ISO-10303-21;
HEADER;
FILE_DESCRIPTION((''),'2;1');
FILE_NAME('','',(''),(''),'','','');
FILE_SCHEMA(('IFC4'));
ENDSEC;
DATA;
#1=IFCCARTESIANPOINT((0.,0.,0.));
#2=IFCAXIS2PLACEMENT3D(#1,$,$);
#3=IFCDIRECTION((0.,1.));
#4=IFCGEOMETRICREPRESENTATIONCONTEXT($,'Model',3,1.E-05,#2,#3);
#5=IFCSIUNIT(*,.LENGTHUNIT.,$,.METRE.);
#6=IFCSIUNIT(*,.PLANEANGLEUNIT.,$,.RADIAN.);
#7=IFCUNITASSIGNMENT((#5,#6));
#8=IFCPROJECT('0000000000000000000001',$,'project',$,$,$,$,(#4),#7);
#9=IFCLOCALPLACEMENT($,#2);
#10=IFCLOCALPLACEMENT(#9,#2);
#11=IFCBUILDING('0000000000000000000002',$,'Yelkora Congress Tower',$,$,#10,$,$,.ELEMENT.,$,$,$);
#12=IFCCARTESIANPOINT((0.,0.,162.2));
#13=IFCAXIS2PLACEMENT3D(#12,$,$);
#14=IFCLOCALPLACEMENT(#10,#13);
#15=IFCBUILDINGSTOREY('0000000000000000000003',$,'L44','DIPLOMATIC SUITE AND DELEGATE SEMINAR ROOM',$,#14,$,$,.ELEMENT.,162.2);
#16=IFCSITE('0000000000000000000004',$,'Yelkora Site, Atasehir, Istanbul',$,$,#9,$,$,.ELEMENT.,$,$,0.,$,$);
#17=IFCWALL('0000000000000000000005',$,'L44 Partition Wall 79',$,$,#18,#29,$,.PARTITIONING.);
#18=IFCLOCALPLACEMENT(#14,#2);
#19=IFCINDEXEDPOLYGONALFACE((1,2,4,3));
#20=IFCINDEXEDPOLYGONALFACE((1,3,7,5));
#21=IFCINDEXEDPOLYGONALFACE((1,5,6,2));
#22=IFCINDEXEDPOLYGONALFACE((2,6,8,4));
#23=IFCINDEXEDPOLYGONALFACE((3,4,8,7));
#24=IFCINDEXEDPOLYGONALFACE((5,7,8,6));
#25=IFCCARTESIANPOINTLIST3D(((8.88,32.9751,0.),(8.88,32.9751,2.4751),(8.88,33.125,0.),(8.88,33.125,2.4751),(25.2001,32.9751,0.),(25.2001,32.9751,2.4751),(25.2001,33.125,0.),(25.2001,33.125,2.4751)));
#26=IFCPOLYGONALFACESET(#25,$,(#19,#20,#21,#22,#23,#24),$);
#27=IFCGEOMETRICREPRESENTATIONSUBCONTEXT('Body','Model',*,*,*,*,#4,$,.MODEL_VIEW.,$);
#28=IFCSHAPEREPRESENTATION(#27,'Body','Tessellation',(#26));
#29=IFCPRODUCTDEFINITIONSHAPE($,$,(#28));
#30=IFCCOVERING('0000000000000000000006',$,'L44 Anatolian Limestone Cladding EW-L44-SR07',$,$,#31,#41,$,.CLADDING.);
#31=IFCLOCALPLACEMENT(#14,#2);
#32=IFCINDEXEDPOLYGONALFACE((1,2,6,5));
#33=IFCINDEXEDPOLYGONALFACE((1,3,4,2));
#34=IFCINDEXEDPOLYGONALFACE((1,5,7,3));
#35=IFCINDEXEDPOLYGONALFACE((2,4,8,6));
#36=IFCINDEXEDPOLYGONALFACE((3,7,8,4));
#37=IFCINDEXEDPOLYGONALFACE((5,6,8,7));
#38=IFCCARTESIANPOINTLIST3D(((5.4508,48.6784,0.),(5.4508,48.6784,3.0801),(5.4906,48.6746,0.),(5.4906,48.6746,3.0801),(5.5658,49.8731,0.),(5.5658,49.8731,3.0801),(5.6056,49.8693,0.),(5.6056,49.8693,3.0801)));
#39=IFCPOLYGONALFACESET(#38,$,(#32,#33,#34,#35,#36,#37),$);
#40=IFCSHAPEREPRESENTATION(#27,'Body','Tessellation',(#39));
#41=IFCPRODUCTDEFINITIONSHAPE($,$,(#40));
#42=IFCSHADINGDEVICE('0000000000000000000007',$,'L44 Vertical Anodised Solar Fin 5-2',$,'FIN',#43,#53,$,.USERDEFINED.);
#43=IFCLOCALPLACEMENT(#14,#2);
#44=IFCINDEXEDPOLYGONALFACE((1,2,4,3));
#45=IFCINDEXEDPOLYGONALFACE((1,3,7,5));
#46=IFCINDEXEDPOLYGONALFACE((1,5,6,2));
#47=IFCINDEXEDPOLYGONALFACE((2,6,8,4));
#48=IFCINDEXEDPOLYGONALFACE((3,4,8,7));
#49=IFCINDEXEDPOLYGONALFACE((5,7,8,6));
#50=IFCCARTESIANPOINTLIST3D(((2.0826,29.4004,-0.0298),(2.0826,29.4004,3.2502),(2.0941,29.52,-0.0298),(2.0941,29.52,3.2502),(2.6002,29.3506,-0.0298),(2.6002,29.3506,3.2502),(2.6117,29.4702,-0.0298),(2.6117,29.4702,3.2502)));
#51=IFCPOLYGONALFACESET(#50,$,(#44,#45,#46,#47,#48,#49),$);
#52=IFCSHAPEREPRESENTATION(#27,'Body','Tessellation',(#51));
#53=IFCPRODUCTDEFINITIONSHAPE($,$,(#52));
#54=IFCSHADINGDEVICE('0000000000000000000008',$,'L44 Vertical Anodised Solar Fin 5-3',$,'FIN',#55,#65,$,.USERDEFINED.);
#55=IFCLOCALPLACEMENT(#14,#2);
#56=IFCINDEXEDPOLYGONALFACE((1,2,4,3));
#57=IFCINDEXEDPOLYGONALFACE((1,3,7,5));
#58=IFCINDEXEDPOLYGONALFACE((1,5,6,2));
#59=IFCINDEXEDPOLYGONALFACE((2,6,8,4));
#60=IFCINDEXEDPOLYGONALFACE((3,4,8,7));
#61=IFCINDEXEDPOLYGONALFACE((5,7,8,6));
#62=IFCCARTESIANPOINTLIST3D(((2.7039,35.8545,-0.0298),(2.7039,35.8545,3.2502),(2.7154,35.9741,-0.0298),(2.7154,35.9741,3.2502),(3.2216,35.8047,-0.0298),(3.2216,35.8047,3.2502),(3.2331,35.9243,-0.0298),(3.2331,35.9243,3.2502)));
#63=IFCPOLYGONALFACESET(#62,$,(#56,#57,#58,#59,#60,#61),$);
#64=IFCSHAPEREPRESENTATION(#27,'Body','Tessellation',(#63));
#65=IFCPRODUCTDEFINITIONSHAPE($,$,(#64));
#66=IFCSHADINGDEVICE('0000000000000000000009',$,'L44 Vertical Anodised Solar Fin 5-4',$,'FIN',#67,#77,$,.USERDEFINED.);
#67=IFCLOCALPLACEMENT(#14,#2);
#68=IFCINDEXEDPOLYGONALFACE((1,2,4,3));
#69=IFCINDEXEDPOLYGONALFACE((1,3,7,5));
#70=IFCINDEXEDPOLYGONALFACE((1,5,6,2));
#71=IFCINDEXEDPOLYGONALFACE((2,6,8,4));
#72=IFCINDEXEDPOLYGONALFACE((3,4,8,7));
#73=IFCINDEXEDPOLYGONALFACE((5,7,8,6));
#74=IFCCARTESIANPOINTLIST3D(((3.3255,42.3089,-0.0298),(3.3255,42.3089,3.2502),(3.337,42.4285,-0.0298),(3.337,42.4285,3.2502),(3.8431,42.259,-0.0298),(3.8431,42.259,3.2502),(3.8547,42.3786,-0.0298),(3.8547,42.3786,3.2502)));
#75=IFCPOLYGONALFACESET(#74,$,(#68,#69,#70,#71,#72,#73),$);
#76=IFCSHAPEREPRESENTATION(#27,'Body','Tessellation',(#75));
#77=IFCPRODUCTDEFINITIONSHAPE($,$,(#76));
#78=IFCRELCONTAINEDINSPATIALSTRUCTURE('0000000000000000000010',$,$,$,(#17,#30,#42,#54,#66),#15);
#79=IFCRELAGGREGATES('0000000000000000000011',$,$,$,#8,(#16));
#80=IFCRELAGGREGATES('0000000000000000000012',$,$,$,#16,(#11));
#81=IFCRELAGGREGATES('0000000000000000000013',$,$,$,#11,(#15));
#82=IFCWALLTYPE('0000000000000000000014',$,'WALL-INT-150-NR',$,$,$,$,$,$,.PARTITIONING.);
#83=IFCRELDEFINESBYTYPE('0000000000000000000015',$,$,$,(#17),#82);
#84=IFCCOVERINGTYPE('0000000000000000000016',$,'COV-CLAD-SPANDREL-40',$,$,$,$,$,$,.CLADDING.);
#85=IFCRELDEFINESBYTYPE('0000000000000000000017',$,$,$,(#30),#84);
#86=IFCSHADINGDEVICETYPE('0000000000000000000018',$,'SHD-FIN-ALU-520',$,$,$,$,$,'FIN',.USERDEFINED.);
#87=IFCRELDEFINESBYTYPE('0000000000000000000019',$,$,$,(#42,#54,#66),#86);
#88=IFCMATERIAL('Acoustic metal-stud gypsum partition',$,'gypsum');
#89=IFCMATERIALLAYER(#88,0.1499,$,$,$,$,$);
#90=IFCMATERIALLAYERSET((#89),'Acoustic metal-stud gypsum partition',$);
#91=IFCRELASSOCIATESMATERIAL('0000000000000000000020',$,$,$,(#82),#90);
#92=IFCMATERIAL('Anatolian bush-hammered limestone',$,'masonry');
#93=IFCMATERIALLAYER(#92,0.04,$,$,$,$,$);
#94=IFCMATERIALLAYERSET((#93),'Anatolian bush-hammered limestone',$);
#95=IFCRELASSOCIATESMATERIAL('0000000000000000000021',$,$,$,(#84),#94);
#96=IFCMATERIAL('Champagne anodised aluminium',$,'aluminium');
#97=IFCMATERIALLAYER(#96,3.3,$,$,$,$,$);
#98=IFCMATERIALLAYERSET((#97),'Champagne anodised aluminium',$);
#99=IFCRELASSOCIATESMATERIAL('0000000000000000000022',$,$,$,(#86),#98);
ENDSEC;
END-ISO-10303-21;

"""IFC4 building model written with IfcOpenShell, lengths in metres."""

from ifc_helpers import new_model, si_unit, direction, frame, frame_2d, origin, origin_2d, place, context, subcontext, project, spatial, rectangle, extrude, material, layer, layer_set, type_object, element, save


model = new_model("IFC4")

# Units and contexts
model_context = context("Model", 3, precision=1e-05, world=origin(), true_north=direction((0.0, 1.0)))
body_context = subcontext(model_context, "Body", "Model", "MODEL_VIEW")
ifc_project = project(units=[si_unit("LENGTHUNIT", "METRE"), si_unit("PLANEANGLEUNIT", "RADIAN")], contexts=[model_context])

# Site, building, storey
site_placement = place(None, origin())
site = spatial("IfcSite", under=ifc_project, at=site_placement, Name="Yelkora Site, Atasehir, Istanbul", CompositionType="ELEMENT", RefElevation=0.0)
building_placement = place(site_placement, origin())
building = spatial("IfcBuilding", under=site, at=building_placement, Name="Yelkora Congress Tower", CompositionType="ELEMENT")
storey_placement = place(building_placement, frame((0.0, 0.0, 162.2)))
storey = spatial("IfcBuildingStorey", under=building, at=storey_placement, Name="L44", Description="DIPLOMATIC SUITE AND DELEGATE SEMINAR ROOM", CompositionType="ELEMENT", Elevation=162.2)

# Wall
ifc_material_1 = material(Name="Acoustic metal-stud gypsum partition", Category="gypsum")
ifc_layer_1 = layer(ifc_material_1, 0.1499)
ifc_layer_set_1 = layer_set([ifc_layer_1], Name="Acoustic metal-stud gypsum partition")
wall_type_1 = type_object("IfcWallType", Name="WALL-INT-150-NR", PredefinedType="PARTITIONING", material=ifc_layer_set_1)
wall_1_placement = place(storey_placement, frame((8.8799, 33.05, 0.0), z_axis=(0.0, 0.0, 1.0), x_axis=(1.0, 0.0, 0.0)))
element("IfcWall", 1, at=wall_1_placement, inside=storey, type_object=wall_type_1, Name="L44 Partition Wall 79", PredefinedType="PARTITIONING", context=body_context, shape_type="SweptSolid", body=[
    extrude(rectangle(XDim=16.3201, YDim=0.1499, at=frame_2d((8.1602, 0.0))), origin(), (0.0, 0.0, 1.0), 2.4751),
])

# Covering
ifc_material_2 = material(Name="Anatolian bush-hammered limestone", Category="masonry")
ifc_layer_2 = layer(ifc_material_2, 0.04)
ifc_layer_set_2 = layer_set([ifc_layer_2], Name="Anatolian bush-hammered limestone")
covering_type = type_object("IfcCoveringType", Name="COV-CLAD-SPANDREL-40", PredefinedType="CLADDING", material=ifc_layer_set_2)
covering_placement = place(storey_placement, frame((5.4707, 48.6765, 0.0), z_axis=(0.0, 0.0, 1.0), x_axis=(0.095817, 0.995399, 0.0)))
element("IfcCovering", 2, at=covering_placement, inside=storey, type_object=covering_type, Name="L44 Anatolian Limestone Cladding EW-L44-SR07", PredefinedType="CLADDING", context=body_context, shape_type="SweptSolid", body=[
    extrude(rectangle(XDim=1.2002, YDim=0.04, at=frame_2d((0.6001, 0.0))), origin(), (0.0, 0.0, 1.0), 3.0801),
])

# Shading devices
ifc_material_3 = material(Name="Champagne anodised aluminium", Category="aluminium")
ifc_layer_3 = layer(ifc_material_3, 3.3)
ifc_layer_set_3 = layer_set([ifc_layer_3], Name="Champagne anodised aluminium")
shading_device_type = type_object("IfcShadingDeviceType", Name="SHD-FIN-ALU-520", ElementType="FIN", PredefinedType="USERDEFINED", material=ifc_layer_set_3)
for number, where, z_axis, x_axis, name in (
    (3, (2.3472, 29.4353, -0.0298), (0.0, 0.0, 1.0), (0.095846, 0.995396, 0.0), "L44 Vertical Anodised Solar Fin 5-2"),
    (4, (2.9685, 35.8894, -0.0298), (0.0, 0.0, 1.0), (0.095846, 0.995396, 0.0), "L44 Vertical Anodised Solar Fin 5-3"),
    (5, (3.5901, 42.3438, -0.0298), (0.0, 0.0, 1.0), (0.095846, 0.995396, 0.0), "L44 Vertical Anodised Solar Fin 5-4"),
):
    element("IfcShadingDevice", number, at=place(storey_placement, frame(where, z_axis=z_axis, x_axis=x_axis)), inside=storey, type_object=shading_device_type, Name=name, ObjectType="FIN", PredefinedType="USERDEFINED", context=body_context, shape_type="SweptSolid", body=[
        extrude(rectangle(XDim=0.1201, YDim=0.52, at=origin_2d()), origin(), (0.0, 0.0, 1.0), 3.28),
    ])

save(model, "model.ifc")
